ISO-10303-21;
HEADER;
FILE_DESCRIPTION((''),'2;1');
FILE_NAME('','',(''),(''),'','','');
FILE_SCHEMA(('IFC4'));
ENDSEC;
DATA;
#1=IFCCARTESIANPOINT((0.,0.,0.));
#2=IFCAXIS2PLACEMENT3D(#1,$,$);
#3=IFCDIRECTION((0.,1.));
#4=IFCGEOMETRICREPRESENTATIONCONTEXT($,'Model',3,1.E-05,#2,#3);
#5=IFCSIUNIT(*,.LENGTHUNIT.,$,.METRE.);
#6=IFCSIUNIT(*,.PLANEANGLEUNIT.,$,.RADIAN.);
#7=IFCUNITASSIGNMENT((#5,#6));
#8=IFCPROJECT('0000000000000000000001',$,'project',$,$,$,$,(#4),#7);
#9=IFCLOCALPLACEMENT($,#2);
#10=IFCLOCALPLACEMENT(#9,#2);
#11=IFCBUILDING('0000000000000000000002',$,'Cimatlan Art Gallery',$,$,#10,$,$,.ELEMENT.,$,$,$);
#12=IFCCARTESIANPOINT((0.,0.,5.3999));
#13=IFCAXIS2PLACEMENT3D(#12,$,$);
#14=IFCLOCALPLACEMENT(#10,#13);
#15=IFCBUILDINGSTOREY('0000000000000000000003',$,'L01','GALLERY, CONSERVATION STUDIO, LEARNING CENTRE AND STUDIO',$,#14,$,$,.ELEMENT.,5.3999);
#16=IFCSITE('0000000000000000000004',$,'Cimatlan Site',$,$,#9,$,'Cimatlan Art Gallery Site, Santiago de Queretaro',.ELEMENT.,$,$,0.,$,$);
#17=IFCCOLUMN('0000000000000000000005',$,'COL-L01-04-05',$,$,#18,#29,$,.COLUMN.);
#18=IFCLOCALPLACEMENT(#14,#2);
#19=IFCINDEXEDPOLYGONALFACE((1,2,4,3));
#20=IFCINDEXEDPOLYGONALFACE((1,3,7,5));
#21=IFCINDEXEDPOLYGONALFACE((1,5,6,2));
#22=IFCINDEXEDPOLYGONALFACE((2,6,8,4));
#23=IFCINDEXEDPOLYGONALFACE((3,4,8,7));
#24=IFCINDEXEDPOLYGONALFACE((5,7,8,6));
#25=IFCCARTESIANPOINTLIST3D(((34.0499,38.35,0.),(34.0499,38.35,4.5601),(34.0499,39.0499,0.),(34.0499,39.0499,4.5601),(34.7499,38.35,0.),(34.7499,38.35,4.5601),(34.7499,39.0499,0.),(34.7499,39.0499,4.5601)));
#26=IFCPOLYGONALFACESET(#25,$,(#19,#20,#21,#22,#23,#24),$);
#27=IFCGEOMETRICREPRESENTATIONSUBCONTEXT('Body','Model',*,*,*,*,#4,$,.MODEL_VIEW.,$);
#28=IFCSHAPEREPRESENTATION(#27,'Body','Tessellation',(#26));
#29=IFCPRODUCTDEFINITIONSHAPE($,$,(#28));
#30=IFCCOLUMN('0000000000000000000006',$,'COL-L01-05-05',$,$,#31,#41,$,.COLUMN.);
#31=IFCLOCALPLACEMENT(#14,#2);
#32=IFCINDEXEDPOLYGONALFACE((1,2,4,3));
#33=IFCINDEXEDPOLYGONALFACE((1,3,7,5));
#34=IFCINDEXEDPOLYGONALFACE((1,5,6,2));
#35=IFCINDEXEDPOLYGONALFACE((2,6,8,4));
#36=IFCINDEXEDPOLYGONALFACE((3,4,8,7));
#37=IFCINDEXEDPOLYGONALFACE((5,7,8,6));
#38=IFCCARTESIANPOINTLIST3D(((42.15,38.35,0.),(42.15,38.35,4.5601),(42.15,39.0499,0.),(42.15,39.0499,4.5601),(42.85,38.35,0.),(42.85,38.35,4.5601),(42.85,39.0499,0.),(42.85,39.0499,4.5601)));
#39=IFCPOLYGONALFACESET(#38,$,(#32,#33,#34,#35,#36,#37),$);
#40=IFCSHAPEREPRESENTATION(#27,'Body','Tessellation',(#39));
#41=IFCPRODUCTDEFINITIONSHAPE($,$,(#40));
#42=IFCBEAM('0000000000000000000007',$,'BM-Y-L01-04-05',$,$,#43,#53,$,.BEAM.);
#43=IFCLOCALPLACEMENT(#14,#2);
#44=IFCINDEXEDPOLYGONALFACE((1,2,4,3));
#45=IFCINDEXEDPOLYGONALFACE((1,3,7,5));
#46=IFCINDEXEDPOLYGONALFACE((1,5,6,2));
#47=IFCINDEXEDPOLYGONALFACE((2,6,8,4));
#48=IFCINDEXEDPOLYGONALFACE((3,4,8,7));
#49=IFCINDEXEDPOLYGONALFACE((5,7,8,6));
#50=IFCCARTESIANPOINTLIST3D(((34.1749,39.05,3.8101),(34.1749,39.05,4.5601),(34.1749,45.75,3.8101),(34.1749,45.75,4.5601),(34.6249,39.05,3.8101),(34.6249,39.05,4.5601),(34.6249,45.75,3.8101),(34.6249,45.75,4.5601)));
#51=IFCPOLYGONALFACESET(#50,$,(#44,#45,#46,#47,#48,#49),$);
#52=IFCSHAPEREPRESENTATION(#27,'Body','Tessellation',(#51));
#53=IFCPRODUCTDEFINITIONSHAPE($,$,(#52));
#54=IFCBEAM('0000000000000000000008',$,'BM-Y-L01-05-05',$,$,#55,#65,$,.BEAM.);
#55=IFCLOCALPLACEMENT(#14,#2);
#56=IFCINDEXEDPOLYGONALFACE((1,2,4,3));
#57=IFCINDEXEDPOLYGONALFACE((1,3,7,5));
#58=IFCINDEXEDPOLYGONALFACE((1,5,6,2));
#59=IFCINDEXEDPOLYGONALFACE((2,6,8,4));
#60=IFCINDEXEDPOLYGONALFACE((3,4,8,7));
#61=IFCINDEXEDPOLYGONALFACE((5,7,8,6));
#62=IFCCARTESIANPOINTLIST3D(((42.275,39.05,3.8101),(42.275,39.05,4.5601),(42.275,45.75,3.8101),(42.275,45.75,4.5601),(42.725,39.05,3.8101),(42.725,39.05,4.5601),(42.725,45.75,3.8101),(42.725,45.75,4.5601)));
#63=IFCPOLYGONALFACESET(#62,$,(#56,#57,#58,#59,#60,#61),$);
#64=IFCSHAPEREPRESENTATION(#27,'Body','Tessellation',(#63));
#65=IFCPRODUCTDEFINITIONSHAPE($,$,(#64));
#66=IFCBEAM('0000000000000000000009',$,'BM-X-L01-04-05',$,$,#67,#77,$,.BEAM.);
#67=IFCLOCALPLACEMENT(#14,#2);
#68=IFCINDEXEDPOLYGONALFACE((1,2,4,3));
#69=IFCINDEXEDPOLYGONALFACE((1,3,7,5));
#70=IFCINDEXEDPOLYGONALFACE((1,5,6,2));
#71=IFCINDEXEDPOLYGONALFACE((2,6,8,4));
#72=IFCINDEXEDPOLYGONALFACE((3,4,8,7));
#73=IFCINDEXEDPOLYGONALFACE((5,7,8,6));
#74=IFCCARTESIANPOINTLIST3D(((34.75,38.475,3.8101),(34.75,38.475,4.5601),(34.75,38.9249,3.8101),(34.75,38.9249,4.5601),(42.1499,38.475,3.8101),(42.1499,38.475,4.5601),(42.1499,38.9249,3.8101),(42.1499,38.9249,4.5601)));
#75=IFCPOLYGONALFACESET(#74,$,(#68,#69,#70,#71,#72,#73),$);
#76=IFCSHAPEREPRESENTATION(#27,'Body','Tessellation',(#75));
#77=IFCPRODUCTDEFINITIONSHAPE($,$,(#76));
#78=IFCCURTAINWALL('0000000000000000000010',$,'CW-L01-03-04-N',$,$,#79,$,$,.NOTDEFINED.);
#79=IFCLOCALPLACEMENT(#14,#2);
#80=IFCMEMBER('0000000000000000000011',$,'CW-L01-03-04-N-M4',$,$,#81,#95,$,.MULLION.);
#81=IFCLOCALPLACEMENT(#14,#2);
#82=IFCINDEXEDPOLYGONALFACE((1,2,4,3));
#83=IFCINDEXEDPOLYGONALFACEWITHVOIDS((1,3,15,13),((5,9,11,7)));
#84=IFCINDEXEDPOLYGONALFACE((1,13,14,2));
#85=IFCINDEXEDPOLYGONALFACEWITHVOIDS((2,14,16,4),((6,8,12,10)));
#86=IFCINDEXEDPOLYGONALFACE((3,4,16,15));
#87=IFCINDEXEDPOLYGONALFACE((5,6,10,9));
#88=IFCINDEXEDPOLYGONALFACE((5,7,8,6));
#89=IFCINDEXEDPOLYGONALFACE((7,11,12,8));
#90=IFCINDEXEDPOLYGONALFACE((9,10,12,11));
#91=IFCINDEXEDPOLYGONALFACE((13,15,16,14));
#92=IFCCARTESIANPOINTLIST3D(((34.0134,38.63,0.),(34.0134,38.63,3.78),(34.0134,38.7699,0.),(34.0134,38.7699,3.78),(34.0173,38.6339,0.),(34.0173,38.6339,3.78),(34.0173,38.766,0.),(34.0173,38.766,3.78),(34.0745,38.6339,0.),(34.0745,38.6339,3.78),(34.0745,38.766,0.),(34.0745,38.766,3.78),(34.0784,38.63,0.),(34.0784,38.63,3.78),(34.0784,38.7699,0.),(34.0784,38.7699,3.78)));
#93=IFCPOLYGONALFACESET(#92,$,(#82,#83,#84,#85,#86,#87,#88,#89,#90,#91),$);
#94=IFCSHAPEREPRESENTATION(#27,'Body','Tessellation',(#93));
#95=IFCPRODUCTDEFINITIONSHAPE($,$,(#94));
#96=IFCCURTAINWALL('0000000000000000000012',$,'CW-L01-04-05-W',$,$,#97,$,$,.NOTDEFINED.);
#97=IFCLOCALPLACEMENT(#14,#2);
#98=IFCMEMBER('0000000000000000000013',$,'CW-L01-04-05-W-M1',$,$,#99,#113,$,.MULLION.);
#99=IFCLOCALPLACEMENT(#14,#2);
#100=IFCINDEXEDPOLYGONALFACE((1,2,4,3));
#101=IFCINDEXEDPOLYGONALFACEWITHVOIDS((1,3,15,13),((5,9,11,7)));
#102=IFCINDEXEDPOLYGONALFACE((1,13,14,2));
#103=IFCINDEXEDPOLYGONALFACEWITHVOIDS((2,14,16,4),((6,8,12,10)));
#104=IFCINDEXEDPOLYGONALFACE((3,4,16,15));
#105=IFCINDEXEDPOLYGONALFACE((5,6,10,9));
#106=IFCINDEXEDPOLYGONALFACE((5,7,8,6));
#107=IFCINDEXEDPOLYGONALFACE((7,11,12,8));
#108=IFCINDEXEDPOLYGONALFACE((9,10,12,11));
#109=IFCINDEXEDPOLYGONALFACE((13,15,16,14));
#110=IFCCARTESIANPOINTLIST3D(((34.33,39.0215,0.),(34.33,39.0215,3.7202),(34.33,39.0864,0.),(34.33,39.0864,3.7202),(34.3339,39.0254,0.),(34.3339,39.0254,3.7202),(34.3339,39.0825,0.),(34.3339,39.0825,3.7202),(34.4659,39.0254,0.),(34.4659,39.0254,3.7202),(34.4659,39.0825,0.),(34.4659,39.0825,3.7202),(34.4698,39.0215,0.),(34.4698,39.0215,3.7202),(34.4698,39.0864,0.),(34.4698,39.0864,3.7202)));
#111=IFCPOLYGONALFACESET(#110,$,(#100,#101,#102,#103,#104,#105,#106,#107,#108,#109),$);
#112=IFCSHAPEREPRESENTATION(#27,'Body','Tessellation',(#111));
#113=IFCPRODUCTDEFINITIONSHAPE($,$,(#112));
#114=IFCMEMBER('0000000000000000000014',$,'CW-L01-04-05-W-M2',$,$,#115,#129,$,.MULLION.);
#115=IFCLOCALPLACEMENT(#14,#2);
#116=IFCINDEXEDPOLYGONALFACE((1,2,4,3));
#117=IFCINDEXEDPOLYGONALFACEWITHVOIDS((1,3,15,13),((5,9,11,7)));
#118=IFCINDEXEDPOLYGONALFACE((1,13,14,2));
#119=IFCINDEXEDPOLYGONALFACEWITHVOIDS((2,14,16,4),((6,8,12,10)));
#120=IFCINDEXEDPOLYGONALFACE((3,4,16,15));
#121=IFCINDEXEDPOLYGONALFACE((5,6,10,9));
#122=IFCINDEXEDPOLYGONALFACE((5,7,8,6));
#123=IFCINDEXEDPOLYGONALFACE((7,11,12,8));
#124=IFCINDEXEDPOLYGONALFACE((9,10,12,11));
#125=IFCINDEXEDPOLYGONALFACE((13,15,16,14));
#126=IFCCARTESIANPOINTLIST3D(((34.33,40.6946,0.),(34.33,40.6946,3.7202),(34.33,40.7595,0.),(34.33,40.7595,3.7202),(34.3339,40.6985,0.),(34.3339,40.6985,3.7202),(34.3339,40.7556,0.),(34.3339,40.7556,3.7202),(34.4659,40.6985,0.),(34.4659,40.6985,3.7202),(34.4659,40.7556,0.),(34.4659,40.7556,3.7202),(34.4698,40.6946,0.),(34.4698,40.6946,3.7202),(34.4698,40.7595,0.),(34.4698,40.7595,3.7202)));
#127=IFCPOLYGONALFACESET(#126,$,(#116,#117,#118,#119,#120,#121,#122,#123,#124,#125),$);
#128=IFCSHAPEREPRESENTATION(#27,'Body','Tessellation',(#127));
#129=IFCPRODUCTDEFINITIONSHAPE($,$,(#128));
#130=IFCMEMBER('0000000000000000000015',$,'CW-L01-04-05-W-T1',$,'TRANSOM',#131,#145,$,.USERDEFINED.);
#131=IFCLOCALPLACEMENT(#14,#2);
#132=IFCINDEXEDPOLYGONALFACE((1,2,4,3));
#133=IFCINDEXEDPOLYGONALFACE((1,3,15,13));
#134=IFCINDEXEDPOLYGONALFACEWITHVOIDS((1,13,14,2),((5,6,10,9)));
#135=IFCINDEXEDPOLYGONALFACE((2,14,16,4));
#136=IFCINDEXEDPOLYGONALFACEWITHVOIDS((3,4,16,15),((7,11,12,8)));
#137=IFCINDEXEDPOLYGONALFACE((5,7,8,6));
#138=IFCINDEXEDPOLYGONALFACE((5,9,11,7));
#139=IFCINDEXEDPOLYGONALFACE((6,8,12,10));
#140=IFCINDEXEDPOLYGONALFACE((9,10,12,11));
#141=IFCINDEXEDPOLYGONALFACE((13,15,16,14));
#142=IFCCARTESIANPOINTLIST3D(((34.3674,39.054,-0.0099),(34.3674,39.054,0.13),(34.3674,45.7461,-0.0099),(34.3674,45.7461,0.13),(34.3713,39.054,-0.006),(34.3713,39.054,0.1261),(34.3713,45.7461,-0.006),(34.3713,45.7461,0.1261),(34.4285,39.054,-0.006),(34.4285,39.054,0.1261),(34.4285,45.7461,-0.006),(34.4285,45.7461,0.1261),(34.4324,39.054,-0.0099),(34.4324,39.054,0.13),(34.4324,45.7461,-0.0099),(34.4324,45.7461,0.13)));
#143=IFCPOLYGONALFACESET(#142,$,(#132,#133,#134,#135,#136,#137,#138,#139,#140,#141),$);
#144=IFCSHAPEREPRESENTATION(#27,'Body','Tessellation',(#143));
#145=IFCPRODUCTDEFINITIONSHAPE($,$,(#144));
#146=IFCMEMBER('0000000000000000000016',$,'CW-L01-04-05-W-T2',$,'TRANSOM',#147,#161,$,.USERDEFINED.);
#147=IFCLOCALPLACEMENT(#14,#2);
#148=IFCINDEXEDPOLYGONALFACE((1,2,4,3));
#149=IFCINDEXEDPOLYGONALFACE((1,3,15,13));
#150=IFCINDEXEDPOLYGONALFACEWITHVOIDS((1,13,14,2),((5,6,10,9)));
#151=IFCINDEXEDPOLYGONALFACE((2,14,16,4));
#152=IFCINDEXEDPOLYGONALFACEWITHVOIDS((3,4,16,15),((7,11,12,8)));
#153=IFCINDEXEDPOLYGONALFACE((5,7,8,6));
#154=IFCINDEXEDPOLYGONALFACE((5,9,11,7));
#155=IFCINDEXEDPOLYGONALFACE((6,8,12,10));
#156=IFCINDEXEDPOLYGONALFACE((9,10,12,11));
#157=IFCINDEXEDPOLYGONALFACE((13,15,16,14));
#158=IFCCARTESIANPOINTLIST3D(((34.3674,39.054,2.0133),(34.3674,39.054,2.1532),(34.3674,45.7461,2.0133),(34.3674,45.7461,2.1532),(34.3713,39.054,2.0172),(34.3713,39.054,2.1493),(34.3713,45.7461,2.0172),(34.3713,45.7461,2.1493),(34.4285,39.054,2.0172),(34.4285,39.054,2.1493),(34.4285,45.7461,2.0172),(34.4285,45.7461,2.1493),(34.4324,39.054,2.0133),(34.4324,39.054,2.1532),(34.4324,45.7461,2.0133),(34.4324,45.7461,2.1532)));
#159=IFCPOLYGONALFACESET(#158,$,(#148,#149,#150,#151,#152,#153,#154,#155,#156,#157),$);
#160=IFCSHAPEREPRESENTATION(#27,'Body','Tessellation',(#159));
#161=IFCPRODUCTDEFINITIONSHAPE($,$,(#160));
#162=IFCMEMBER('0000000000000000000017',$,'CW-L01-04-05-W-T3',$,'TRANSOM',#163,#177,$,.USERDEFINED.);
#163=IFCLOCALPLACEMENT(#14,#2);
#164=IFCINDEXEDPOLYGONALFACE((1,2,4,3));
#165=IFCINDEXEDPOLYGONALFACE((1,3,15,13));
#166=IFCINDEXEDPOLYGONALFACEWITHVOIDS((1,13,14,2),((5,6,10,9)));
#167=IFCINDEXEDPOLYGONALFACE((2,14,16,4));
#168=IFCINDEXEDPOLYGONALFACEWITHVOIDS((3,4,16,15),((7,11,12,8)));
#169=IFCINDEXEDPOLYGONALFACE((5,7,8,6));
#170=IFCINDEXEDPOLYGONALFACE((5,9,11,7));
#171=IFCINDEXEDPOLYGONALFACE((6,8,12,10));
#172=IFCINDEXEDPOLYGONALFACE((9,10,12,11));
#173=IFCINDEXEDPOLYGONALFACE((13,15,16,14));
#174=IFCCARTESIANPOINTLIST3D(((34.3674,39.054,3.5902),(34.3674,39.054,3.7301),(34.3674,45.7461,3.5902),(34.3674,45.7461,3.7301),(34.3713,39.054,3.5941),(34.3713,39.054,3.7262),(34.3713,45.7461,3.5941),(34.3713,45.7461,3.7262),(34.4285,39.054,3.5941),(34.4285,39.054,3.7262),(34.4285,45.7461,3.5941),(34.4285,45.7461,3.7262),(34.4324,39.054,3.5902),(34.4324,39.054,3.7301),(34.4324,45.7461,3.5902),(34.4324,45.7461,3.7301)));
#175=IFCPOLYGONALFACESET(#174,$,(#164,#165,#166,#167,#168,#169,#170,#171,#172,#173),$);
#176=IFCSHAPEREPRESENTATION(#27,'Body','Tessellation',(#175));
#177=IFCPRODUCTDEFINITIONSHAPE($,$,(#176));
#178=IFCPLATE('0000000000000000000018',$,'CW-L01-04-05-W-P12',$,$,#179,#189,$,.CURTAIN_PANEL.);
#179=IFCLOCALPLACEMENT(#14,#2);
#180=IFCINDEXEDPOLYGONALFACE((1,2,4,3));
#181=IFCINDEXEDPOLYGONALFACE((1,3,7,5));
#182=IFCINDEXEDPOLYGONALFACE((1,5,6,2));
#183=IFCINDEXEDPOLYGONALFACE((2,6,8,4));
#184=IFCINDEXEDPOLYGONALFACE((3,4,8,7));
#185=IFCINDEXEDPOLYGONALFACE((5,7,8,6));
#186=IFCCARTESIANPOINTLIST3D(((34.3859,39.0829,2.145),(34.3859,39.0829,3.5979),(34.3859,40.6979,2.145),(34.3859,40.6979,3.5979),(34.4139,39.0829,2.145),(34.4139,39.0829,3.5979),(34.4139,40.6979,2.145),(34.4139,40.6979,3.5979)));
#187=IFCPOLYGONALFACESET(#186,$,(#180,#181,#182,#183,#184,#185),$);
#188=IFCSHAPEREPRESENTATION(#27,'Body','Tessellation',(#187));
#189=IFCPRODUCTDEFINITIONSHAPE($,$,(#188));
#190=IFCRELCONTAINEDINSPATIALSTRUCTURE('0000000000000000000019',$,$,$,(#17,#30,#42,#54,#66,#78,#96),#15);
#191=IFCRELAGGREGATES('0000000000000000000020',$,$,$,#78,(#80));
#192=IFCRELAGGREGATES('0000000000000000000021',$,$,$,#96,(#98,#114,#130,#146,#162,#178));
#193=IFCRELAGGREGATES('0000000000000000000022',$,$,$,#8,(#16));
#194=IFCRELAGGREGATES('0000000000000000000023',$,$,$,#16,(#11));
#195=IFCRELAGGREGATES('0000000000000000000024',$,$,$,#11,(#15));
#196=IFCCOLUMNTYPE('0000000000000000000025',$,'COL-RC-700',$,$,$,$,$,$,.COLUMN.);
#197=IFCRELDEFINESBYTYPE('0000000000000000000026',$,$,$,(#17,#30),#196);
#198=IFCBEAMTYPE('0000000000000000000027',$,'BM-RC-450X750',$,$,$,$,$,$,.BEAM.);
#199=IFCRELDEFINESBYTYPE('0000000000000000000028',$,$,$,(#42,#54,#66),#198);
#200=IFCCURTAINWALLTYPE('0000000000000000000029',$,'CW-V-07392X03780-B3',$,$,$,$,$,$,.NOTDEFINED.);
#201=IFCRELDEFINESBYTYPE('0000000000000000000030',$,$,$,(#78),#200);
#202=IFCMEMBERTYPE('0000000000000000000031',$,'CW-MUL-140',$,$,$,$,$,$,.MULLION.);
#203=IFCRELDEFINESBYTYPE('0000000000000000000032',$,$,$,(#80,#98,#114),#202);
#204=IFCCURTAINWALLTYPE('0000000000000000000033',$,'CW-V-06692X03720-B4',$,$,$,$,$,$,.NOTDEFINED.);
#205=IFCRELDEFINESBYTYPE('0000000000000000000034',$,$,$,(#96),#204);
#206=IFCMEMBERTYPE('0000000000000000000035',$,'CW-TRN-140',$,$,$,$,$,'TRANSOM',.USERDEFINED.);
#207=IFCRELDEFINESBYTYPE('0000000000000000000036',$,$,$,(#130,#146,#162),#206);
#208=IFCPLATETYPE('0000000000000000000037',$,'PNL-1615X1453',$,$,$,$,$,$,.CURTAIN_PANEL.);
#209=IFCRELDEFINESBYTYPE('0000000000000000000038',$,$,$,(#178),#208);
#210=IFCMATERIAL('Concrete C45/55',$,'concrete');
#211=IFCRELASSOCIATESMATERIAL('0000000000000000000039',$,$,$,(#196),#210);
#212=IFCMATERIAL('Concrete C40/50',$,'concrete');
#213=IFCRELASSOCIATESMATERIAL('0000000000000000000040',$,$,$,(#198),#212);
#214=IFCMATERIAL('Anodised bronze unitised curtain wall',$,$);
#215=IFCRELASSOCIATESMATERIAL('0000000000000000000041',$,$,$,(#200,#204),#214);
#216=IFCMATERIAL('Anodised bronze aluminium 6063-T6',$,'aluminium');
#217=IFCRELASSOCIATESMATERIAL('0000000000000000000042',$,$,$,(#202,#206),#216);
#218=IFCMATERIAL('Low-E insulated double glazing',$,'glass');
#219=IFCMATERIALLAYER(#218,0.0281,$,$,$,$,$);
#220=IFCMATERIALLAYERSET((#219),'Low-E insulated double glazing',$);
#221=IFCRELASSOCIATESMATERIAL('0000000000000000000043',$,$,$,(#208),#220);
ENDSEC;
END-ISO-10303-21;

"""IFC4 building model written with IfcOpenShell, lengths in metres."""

from ifc_helpers import new_model, si_unit, direction, frame, origin, origin_2d, place, context, subcontext, project, spatial, rectangle, hollow_rectangle, extrude, material, layer, layer_set, material_profile, profile_set, type_object, element, aggregate, save


model = new_model("IFC4")

# Units and contexts
model_context = context("Model", 3, precision=1e-05, world=origin(), true_north=direction((0.0, 1.0)))
body_context = subcontext(model_context, "Body", "Model", "MODEL_VIEW")
ifc_project = project(units=[si_unit("LENGTHUNIT", "METRE"), si_unit("PLANEANGLEUNIT", "RADIAN")], contexts=[model_context])

# Site, building, storey
site_placement = place(None, origin())
site = spatial("IfcSite", under=ifc_project, at=site_placement, Name="Cimatlan Site", LongName="Cimatlan Art Gallery Site, Santiago de Queretaro", CompositionType="ELEMENT", RefElevation=0.0)
building_placement = place(site_placement, origin())
building = spatial("IfcBuilding", under=site, at=building_placement, Name="Cimatlan Art Gallery", CompositionType="ELEMENT")
storey_placement = place(building_placement, frame((0.0, 0.0, 5.3999)))
storey = spatial("IfcBuildingStorey", under=building, at=storey_placement, Name="L01", Description="GALLERY, CONSERVATION STUDIO, LEARNING CENTRE AND STUDIO", CompositionType="ELEMENT", Elevation=5.3999)

# Columns
ifc_material_1 = material(Name="Concrete C45/55", Category="concrete")
ifc_material_profile_1 = material_profile(ifc_material_1, rectangle(XDim=0.7, YDim=0.7, at=origin_2d()), Name="RC700X700")
ifc_profile_set_1 = profile_set([ifc_material_profile_1], Name="Concrete C45/55")
column_type = type_object("IfcColumnType", Name="COL-RC-700", PredefinedType="COLUMN", material=ifc_profile_set_1)
for number, where, z_axis, x_axis, name in (
    (1, (34.3999, 38.7, 0.0), (0.0, 0.0, 1.0), (1.0, 0.0, 0.0), "COL-L01-04-05"),
    (2, (42.5, 38.7, 0.0), (0.0, 0.0, 1.0), (1.0, 0.0, 0.0), "COL-L01-05-05"),
):
    element("IfcColumn", number, at=place(storey_placement, frame(where, z_axis=z_axis, x_axis=x_axis)), inside=storey, type_object=column_type, Name=name, PredefinedType="COLUMN", context=body_context, shape_type="SweptSolid", body=[
        extrude(rectangle(XDim=0.7, YDim=0.7, at=origin_2d()), origin(), (0.0, 0.0, 1.0), 4.5601),
    ])

# Beams
ifc_material_2 = material(Name="Concrete C40/50", Category="concrete")
ifc_material_profile_2 = material_profile(ifc_material_2, rectangle(XDim=0.45, YDim=0.75, at=origin_2d()), Name="RC450X750")
ifc_profile_set_2 = profile_set([ifc_material_profile_2], Name="Concrete C40/50")
beam_type = type_object("IfcBeamType", Name="BM-RC-450X750", PredefinedType="BEAM", material=ifc_profile_set_2)
for number, where, z_axis, x_axis, name in (
    (3, (34.3999, 39.05, 4.1851), (0.0, 1.0, 0.0), (-1.0, 0.0, 0.0), "BM-Y-L01-04-05"),
    (4, (42.5, 39.05, 4.1851), (0.0, 1.0, 0.0), (-1.0, 0.0, 0.0), "BM-Y-L01-05-05"),
):
    element("IfcBeam", number, at=place(storey_placement, frame(where, z_axis=z_axis, x_axis=x_axis)), inside=storey, type_object=beam_type, Name=name, PredefinedType="BEAM", context=body_context, shape_type="SweptSolid", body=[
        extrude(rectangle(XDim=0.45, YDim=0.75, at=origin_2d()), origin(), (0.0, 0.0, 1.0), 6.7),
    ])
beam_placement = place(storey_placement, frame((34.75, 38.7, 4.1851), z_axis=(1.0, 0.0, 0.0), x_axis=(0.0, 1.0, 0.0)))
element("IfcBeam", 5, at=beam_placement, inside=storey, type_object=beam_type, Name="BM-X-L01-04-05", PredefinedType="BEAM", context=body_context, shape_type="SweptSolid", body=[
    extrude(rectangle(XDim=0.45, YDim=0.75, at=origin_2d()), origin(), (0.0, 0.0, 1.0), 7.3999),
])

# Curtain wall, member
ifc_material_3 = material(Name="Anodised bronze unitised curtain wall")
curtain_wall_type_1 = type_object("IfcCurtainWallType", Name="CW-V-07392X03780-B3", PredefinedType="NOTDEFINED", material=ifc_material_3)
curtain_wall_1_placement = place(storey_placement, origin())
curtain_wall_1 = element("IfcCurtainWall", 6, at=curtain_wall_1_placement, inside=storey, type_object=curtain_wall_type_1, Name="CW-L01-03-04-N", PredefinedType="NOTDEFINED")
ifc_material_4 = material(Name="Anodised bronze aluminium 6063-T6", Category="aluminium")
ifc_material_profile_3 = material_profile(ifc_material_4, hollow_rectangle(XDim=0.0649, YDim=0.1399, WallThickness=0.0039, at=origin_2d()), Name="ALU65X140X4")
ifc_profile_set_3 = profile_set([ifc_material_profile_3], Name="Anodised bronze aluminium 6063-T6")
member_type_1 = type_object("IfcMemberType", Name="CW-MUL-140", PredefinedType="MULLION", material=ifc_profile_set_3)
member_1_placement = place(storey_placement, frame((34.0459, 38.7, 0.0), z_axis=(0.0, 0.0, 1.0), x_axis=(1.0, 0.0, 0.0)))
member_1 = element("IfcMember", 7, at=member_1_placement, type_object=member_type_1, Name="CW-L01-03-04-N-M4", PredefinedType="MULLION", context=body_context, shape_type="SweptSolid", body=[
    extrude(hollow_rectangle(XDim=0.0649, YDim=0.1399, WallThickness=0.0039, at=origin_2d()), origin(), (0.0, 0.0, 1.0), 3.78),
])
aggregate(curtain_wall_1, [member_1])

# Curtain wall, members, plate
curtain_wall_type_2 = type_object("IfcCurtainWallType", Name="CW-V-06692X03720-B4", PredefinedType="NOTDEFINED", material=ifc_material_3)
curtain_wall_2_placement = place(storey_placement, origin())
curtain_wall_2 = element("IfcCurtainWall", 8, at=curtain_wall_2_placement, inside=storey, type_object=curtain_wall_type_2, Name="CW-L01-04-05-W", PredefinedType="NOTDEFINED")
member_2_placement = place(storey_placement, frame((34.3999, 39.054, 0.0), z_axis=(0.0, 0.0, 1.0), x_axis=(0.0, 1.0, 0.0)))
member_2 = element("IfcMember", 9, at=member_2_placement, type_object=member_type_1, Name="CW-L01-04-05-W-M1", PredefinedType="MULLION", context=body_context, shape_type="SweptSolid", body=[
    extrude(hollow_rectangle(XDim=0.0649, YDim=0.1399, WallThickness=0.0039, at=origin_2d()), origin(), (0.0, 0.0, 1.0), 3.7202),
])
member_3_placement = place(storey_placement, frame((34.3999, 40.7271, 0.0), z_axis=(0.0, 0.0, 1.0), x_axis=(0.0, 1.0, 0.0)))
member_3 = element("IfcMember", 10, at=member_3_placement, type_object=member_type_1, Name="CW-L01-04-05-W-M2", PredefinedType="MULLION", context=body_context, shape_type="SweptSolid", body=[
    extrude(hollow_rectangle(XDim=0.0649, YDim=0.1399, WallThickness=0.0039, at=origin_2d()), origin(), (0.0, 0.0, 1.0), 3.7202),
])
ifc_material_profile_4 = material_profile(ifc_material_4, hollow_rectangle(XDim=0.0649, YDim=0.1399, WallThickness=0.0039, at=origin_2d()), Name="ALU65X140X4")
ifc_profile_set_4 = profile_set([ifc_material_profile_4], Name="Anodised bronze aluminium 6063-T6")
member_type_2 = type_object("IfcMemberType", Name="CW-TRN-140", ElementType="TRANSOM", PredefinedType="USERDEFINED", material=ifc_profile_set_4)
member_4_placement = place(storey_placement, frame((34.3999, 39.054, 0.0601), z_axis=(0.0, 1.0, 0.0), x_axis=(-1.0, 0.0, 0.0)))
member_4 = element("IfcMember", 11, at=member_4_placement, type_object=member_type_2, Name="CW-L01-04-05-W-T1", ObjectType="TRANSOM", PredefinedType="USERDEFINED", context=body_context, shape_type="SweptSolid", body=[
    extrude(hollow_rectangle(XDim=0.0649, YDim=0.1399, WallThickness=0.0039, at=origin_2d()), origin(), (0.0, 0.0, 1.0), 6.6921),
])
member_5_placement = place(storey_placement, frame((34.3999, 39.054, 2.0833), z_axis=(0.0, 1.0, 0.0), x_axis=(-1.0, 0.0, 0.0)))
member_5 = element("IfcMember", 12, at=member_5_placement, type_object=member_type_2, Name="CW-L01-04-05-W-T2", ObjectType="TRANSOM", PredefinedType="USERDEFINED", context=body_context, shape_type="SweptSolid", body=[
    extrude(hollow_rectangle(XDim=0.0649, YDim=0.1399, WallThickness=0.0039, at=origin_2d()), origin(), (0.0, 0.0, 1.0), 6.6921),
])
member_6_placement = place(storey_placement, frame((34.3999, 39.054, 3.6602), z_axis=(0.0, 1.0, 0.0), x_axis=(-1.0, 0.0, 0.0)))
member_6 = element("IfcMember", 13, at=member_6_placement, type_object=member_type_2, Name="CW-L01-04-05-W-T3", ObjectType="TRANSOM", PredefinedType="USERDEFINED", context=body_context, shape_type="SweptSolid", body=[
    extrude(hollow_rectangle(XDim=0.0649, YDim=0.1399, WallThickness=0.0039, at=origin_2d()), origin(), (0.0, 0.0, 1.0), 6.6921),
])
ifc_material_5 = material(Name="Low-E insulated double glazing", Category="glass")
ifc_layer_1 = layer(ifc_material_5, 0.0281)
ifc_layer_set_1 = layer_set([ifc_layer_1], Name="Low-E insulated double glazing")
plate_type_1 = type_object("IfcPlateType", Name="PNL-1615X1453", PredefinedType="CURTAIN_PANEL", material=ifc_layer_set_1)
plate_1_placement = place(storey_placement, frame((34.3999, 39.8904, 2.145), z_axis=(0.0, 0.0, 1.0), x_axis=(0.0, 1.0, 0.0)))
plate_1 = element("IfcPlate", 14, at=plate_1_placement, type_object=plate_type_1, Name="CW-L01-04-05-W-P12", PredefinedType="CURTAIN_PANEL", context=body_context, shape_type="SweptSolid", body=[
    extrude(rectangle(XDim=1.615, YDim=0.0281, at=origin_2d()), origin(), (0.0, 0.0, 1.0), 1.4529),
])
aggregate(curtain_wall_2, [member_2, member_3, member_4, member_5, member_6, plate_1])

save(model, "model.ifc")
